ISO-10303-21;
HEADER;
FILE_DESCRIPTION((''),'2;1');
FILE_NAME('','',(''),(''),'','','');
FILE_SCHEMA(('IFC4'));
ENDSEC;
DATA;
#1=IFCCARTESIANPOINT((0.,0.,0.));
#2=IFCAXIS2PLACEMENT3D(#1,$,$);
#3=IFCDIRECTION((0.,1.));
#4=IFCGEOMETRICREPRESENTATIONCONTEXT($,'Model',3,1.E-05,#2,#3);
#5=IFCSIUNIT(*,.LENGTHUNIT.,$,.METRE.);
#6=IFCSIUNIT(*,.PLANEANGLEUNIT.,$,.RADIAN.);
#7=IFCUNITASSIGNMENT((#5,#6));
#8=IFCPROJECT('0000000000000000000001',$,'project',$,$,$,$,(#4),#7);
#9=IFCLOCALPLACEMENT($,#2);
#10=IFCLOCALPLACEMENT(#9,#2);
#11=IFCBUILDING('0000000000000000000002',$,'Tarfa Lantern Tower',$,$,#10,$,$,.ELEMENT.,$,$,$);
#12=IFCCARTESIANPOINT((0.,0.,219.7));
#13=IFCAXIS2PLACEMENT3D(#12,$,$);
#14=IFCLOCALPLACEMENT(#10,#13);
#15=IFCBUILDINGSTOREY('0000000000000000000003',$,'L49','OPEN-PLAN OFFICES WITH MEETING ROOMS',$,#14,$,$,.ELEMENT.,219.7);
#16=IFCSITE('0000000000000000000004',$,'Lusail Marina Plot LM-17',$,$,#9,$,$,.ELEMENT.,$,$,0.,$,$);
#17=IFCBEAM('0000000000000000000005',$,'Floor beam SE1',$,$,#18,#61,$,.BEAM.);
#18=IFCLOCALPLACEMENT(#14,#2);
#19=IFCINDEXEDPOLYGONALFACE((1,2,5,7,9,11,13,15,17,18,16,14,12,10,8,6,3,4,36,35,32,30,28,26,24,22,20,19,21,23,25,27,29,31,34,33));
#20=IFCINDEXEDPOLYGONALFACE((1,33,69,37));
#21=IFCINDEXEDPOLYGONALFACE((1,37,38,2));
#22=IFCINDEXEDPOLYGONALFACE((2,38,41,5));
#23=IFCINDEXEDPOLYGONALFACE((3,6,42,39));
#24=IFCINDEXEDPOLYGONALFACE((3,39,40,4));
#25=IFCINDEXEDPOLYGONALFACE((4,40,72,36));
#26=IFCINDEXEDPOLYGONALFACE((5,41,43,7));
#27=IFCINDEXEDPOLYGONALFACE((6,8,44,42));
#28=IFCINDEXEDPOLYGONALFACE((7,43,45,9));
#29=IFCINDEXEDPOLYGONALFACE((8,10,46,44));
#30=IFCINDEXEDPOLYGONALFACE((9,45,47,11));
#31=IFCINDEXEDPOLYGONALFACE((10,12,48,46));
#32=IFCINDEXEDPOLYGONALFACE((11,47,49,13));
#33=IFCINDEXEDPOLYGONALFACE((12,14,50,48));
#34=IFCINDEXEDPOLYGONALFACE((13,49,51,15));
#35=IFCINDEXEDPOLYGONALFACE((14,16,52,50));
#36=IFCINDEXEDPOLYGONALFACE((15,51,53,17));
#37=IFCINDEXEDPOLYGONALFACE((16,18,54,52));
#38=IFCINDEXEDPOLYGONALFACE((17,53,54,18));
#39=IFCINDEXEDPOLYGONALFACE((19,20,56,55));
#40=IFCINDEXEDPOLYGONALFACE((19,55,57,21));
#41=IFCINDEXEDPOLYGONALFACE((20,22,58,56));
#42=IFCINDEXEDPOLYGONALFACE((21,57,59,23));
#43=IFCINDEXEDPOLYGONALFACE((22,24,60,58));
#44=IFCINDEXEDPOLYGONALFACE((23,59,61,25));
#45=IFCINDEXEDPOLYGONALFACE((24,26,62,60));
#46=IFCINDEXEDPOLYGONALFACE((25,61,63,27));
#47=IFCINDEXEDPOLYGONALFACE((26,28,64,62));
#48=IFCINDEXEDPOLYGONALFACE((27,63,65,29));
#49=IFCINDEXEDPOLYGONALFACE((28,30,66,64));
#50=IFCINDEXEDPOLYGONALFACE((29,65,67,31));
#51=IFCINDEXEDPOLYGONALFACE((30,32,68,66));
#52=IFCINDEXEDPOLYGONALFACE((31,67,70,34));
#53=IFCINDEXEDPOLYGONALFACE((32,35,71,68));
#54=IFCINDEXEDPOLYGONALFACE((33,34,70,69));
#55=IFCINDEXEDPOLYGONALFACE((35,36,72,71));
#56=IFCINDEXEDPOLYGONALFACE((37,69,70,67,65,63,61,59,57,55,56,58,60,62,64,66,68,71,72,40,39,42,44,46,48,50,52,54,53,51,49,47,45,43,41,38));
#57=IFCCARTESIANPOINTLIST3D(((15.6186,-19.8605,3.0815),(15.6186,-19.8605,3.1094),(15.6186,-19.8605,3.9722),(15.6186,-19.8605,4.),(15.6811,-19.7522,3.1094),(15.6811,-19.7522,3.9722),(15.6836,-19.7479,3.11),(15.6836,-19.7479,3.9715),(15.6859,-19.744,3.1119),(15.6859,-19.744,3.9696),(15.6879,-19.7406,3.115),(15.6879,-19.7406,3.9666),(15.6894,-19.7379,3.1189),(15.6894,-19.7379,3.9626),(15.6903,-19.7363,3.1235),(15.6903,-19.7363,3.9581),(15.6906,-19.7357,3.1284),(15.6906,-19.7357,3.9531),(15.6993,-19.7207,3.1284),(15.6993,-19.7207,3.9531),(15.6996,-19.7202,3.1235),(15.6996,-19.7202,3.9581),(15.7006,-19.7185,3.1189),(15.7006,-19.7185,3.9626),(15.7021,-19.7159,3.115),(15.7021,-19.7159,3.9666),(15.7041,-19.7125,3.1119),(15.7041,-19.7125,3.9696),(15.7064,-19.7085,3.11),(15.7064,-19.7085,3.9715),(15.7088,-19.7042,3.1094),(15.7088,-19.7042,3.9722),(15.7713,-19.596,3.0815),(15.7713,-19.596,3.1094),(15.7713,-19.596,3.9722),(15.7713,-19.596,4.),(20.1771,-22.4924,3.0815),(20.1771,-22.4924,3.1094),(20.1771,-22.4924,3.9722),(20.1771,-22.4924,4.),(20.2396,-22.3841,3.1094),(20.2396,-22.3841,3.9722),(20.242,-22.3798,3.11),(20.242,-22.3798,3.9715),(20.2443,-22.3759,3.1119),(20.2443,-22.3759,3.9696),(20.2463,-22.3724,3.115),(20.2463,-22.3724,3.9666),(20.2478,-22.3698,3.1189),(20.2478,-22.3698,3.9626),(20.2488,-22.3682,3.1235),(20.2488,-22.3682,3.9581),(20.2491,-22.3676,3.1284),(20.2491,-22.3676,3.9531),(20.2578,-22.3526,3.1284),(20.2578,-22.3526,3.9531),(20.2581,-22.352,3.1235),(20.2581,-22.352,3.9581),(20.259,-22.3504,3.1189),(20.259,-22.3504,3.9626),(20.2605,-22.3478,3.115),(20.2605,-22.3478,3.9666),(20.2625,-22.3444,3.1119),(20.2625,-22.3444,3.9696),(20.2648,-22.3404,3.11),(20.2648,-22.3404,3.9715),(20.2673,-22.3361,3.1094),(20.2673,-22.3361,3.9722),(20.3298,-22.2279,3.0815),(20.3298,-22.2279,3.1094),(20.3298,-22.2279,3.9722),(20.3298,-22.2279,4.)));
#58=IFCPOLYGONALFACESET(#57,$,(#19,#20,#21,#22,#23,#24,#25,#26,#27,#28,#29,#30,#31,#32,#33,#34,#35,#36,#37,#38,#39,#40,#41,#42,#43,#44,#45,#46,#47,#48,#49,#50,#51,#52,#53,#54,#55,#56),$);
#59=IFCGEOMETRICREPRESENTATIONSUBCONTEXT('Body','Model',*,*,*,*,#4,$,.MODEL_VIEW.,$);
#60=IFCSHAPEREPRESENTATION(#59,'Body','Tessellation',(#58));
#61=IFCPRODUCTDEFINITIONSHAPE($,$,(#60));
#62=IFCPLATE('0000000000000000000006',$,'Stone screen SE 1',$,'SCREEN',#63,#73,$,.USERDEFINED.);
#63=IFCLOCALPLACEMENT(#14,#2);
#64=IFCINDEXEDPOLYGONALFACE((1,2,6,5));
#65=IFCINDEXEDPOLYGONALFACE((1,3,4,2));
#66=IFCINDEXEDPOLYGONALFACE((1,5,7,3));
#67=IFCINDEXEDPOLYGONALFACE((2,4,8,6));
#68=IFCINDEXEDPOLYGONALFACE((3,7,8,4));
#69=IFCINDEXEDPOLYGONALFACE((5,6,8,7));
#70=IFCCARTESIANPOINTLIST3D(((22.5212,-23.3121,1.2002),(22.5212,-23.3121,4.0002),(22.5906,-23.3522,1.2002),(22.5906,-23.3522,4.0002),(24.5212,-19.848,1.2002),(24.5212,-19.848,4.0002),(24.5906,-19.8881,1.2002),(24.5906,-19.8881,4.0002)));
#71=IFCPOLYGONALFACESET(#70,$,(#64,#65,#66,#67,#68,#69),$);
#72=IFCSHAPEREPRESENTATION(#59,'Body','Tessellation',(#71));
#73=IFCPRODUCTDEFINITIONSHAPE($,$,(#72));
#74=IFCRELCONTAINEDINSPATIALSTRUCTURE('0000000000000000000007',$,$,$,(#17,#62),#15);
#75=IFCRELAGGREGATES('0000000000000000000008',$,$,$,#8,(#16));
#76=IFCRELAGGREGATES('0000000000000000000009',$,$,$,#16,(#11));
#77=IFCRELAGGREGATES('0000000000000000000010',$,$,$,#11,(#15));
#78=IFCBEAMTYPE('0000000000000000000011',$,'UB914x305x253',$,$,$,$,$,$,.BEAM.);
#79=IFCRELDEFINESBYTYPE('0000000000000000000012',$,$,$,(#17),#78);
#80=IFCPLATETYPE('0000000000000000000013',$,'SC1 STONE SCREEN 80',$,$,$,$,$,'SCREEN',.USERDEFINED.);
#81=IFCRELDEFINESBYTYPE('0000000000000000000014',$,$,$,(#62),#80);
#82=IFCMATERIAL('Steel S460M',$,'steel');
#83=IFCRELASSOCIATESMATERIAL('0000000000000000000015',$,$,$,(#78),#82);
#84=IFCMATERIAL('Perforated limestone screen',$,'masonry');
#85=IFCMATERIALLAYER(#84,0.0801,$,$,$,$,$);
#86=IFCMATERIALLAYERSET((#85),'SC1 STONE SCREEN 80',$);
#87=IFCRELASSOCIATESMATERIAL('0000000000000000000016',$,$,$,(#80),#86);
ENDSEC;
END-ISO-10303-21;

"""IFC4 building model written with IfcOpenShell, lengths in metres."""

from ifc_helpers import new_model, si_unit, direction, frame, origin, origin_2d, place, context, subcontext, project, spatial, rectangle, i_section, extrude, material, layer, layer_set, material_profile, profile_set, type_object, element, save


model = new_model("IFC4")

# Units and contexts
model_context = context("Model", 3, precision=1e-05, world=origin(), true_north=direction((0.0, 1.0)))
body_context = subcontext(model_context, "Body", "Model", "MODEL_VIEW")
ifc_project = project(units=[si_unit("LENGTHUNIT", "METRE"), si_unit("PLANEANGLEUNIT", "RADIAN")], contexts=[model_context])

# Site, building, storey
site_placement = place(None, origin())
site = spatial("IfcSite", under=ifc_project, at=site_placement, Name="Lusail Marina Plot LM-17", CompositionType="ELEMENT", RefElevation=0.0)
building_placement = place(site_placement, origin())
building = spatial("IfcBuilding", under=site, at=building_placement, Name="Tarfa Lantern Tower", CompositionType="ELEMENT")
storey_placement = place(building_placement, frame((0.0, 0.0, 219.7)))
storey = spatial("IfcBuildingStorey", under=building, at=storey_placement, Name="L49", Description="OPEN-PLAN OFFICES WITH MEETING ROOMS", CompositionType="ELEMENT", Elevation=219.7)

# Beam
ifc_material_1 = material(Name="Steel S460M", Category="steel")
ifc_material_profile_1 = material_profile(ifc_material_1, i_section(OverallWidth=0.3054, OverallDepth=0.9185, WebThickness=0.0173, FlangeThickness=0.0278, FilletRadius=0.019, at=origin_2d()), Name="UB914x305x253")
ifc_profile_set_1 = profile_set([ifc_material_profile_1], Name="Steel S460M")
beam_type_1 = type_object("IfcBeamType", Name="UB914x305x253", PredefinedType="BEAM", material=ifc_profile_set_1)
beam_1_placement = place(storey_placement, frame((20.2534, -22.3601, 3.5408), z_axis=(-0.86602, 0.50001, 0.0), x_axis=(-0.50001, -0.86602, 0.0)))
element("IfcBeam", 1, at=beam_1_placement, inside=storey, type_object=beam_type_1, Name="Floor beam SE1", PredefinedType="BEAM", context=body_context, shape_type="SweptSolid", body=[
    extrude(i_section(OverallWidth=0.3054, OverallDepth=0.9185, WebThickness=0.0173, FlangeThickness=0.0278, FilletRadius=0.019, at=origin_2d()), origin(), (0.0, 0.0, 1.0), 5.2637),
])

# Plate
ifc_material_2 = material(Name="Perforated limestone screen", Category="masonry")
ifc_layer_1 = layer(ifc_material_2, 0.0801)
ifc_layer_set_1 = layer_set([ifc_layer_1], Name="SC1 STONE SCREEN 80")
plate_type = type_object("IfcPlateType", Name="SC1 STONE SCREEN 80", ElementType="SCREEN", PredefinedType="USERDEFINED", material=ifc_layer_set_1)
plate_placement = place(storey_placement, frame((23.5559, -21.6001, 1.2002), z_axis=(0.0, 0.0, 1.0), x_axis=(0.5, 0.866025, 0.0)))
element("IfcPlate", 2, at=plate_placement, inside=storey, type_object=plate_type, Name="Stone screen SE 1", ObjectType="SCREEN", PredefinedType="USERDEFINED", context=body_context, shape_type="SweptSolid", body=[
    extrude(rectangle(XDim=4.0, YDim=0.0801, at=origin_2d()), origin(), (0.0, 0.0, 1.0), 2.8),
])

save(model, "model.ifc")
